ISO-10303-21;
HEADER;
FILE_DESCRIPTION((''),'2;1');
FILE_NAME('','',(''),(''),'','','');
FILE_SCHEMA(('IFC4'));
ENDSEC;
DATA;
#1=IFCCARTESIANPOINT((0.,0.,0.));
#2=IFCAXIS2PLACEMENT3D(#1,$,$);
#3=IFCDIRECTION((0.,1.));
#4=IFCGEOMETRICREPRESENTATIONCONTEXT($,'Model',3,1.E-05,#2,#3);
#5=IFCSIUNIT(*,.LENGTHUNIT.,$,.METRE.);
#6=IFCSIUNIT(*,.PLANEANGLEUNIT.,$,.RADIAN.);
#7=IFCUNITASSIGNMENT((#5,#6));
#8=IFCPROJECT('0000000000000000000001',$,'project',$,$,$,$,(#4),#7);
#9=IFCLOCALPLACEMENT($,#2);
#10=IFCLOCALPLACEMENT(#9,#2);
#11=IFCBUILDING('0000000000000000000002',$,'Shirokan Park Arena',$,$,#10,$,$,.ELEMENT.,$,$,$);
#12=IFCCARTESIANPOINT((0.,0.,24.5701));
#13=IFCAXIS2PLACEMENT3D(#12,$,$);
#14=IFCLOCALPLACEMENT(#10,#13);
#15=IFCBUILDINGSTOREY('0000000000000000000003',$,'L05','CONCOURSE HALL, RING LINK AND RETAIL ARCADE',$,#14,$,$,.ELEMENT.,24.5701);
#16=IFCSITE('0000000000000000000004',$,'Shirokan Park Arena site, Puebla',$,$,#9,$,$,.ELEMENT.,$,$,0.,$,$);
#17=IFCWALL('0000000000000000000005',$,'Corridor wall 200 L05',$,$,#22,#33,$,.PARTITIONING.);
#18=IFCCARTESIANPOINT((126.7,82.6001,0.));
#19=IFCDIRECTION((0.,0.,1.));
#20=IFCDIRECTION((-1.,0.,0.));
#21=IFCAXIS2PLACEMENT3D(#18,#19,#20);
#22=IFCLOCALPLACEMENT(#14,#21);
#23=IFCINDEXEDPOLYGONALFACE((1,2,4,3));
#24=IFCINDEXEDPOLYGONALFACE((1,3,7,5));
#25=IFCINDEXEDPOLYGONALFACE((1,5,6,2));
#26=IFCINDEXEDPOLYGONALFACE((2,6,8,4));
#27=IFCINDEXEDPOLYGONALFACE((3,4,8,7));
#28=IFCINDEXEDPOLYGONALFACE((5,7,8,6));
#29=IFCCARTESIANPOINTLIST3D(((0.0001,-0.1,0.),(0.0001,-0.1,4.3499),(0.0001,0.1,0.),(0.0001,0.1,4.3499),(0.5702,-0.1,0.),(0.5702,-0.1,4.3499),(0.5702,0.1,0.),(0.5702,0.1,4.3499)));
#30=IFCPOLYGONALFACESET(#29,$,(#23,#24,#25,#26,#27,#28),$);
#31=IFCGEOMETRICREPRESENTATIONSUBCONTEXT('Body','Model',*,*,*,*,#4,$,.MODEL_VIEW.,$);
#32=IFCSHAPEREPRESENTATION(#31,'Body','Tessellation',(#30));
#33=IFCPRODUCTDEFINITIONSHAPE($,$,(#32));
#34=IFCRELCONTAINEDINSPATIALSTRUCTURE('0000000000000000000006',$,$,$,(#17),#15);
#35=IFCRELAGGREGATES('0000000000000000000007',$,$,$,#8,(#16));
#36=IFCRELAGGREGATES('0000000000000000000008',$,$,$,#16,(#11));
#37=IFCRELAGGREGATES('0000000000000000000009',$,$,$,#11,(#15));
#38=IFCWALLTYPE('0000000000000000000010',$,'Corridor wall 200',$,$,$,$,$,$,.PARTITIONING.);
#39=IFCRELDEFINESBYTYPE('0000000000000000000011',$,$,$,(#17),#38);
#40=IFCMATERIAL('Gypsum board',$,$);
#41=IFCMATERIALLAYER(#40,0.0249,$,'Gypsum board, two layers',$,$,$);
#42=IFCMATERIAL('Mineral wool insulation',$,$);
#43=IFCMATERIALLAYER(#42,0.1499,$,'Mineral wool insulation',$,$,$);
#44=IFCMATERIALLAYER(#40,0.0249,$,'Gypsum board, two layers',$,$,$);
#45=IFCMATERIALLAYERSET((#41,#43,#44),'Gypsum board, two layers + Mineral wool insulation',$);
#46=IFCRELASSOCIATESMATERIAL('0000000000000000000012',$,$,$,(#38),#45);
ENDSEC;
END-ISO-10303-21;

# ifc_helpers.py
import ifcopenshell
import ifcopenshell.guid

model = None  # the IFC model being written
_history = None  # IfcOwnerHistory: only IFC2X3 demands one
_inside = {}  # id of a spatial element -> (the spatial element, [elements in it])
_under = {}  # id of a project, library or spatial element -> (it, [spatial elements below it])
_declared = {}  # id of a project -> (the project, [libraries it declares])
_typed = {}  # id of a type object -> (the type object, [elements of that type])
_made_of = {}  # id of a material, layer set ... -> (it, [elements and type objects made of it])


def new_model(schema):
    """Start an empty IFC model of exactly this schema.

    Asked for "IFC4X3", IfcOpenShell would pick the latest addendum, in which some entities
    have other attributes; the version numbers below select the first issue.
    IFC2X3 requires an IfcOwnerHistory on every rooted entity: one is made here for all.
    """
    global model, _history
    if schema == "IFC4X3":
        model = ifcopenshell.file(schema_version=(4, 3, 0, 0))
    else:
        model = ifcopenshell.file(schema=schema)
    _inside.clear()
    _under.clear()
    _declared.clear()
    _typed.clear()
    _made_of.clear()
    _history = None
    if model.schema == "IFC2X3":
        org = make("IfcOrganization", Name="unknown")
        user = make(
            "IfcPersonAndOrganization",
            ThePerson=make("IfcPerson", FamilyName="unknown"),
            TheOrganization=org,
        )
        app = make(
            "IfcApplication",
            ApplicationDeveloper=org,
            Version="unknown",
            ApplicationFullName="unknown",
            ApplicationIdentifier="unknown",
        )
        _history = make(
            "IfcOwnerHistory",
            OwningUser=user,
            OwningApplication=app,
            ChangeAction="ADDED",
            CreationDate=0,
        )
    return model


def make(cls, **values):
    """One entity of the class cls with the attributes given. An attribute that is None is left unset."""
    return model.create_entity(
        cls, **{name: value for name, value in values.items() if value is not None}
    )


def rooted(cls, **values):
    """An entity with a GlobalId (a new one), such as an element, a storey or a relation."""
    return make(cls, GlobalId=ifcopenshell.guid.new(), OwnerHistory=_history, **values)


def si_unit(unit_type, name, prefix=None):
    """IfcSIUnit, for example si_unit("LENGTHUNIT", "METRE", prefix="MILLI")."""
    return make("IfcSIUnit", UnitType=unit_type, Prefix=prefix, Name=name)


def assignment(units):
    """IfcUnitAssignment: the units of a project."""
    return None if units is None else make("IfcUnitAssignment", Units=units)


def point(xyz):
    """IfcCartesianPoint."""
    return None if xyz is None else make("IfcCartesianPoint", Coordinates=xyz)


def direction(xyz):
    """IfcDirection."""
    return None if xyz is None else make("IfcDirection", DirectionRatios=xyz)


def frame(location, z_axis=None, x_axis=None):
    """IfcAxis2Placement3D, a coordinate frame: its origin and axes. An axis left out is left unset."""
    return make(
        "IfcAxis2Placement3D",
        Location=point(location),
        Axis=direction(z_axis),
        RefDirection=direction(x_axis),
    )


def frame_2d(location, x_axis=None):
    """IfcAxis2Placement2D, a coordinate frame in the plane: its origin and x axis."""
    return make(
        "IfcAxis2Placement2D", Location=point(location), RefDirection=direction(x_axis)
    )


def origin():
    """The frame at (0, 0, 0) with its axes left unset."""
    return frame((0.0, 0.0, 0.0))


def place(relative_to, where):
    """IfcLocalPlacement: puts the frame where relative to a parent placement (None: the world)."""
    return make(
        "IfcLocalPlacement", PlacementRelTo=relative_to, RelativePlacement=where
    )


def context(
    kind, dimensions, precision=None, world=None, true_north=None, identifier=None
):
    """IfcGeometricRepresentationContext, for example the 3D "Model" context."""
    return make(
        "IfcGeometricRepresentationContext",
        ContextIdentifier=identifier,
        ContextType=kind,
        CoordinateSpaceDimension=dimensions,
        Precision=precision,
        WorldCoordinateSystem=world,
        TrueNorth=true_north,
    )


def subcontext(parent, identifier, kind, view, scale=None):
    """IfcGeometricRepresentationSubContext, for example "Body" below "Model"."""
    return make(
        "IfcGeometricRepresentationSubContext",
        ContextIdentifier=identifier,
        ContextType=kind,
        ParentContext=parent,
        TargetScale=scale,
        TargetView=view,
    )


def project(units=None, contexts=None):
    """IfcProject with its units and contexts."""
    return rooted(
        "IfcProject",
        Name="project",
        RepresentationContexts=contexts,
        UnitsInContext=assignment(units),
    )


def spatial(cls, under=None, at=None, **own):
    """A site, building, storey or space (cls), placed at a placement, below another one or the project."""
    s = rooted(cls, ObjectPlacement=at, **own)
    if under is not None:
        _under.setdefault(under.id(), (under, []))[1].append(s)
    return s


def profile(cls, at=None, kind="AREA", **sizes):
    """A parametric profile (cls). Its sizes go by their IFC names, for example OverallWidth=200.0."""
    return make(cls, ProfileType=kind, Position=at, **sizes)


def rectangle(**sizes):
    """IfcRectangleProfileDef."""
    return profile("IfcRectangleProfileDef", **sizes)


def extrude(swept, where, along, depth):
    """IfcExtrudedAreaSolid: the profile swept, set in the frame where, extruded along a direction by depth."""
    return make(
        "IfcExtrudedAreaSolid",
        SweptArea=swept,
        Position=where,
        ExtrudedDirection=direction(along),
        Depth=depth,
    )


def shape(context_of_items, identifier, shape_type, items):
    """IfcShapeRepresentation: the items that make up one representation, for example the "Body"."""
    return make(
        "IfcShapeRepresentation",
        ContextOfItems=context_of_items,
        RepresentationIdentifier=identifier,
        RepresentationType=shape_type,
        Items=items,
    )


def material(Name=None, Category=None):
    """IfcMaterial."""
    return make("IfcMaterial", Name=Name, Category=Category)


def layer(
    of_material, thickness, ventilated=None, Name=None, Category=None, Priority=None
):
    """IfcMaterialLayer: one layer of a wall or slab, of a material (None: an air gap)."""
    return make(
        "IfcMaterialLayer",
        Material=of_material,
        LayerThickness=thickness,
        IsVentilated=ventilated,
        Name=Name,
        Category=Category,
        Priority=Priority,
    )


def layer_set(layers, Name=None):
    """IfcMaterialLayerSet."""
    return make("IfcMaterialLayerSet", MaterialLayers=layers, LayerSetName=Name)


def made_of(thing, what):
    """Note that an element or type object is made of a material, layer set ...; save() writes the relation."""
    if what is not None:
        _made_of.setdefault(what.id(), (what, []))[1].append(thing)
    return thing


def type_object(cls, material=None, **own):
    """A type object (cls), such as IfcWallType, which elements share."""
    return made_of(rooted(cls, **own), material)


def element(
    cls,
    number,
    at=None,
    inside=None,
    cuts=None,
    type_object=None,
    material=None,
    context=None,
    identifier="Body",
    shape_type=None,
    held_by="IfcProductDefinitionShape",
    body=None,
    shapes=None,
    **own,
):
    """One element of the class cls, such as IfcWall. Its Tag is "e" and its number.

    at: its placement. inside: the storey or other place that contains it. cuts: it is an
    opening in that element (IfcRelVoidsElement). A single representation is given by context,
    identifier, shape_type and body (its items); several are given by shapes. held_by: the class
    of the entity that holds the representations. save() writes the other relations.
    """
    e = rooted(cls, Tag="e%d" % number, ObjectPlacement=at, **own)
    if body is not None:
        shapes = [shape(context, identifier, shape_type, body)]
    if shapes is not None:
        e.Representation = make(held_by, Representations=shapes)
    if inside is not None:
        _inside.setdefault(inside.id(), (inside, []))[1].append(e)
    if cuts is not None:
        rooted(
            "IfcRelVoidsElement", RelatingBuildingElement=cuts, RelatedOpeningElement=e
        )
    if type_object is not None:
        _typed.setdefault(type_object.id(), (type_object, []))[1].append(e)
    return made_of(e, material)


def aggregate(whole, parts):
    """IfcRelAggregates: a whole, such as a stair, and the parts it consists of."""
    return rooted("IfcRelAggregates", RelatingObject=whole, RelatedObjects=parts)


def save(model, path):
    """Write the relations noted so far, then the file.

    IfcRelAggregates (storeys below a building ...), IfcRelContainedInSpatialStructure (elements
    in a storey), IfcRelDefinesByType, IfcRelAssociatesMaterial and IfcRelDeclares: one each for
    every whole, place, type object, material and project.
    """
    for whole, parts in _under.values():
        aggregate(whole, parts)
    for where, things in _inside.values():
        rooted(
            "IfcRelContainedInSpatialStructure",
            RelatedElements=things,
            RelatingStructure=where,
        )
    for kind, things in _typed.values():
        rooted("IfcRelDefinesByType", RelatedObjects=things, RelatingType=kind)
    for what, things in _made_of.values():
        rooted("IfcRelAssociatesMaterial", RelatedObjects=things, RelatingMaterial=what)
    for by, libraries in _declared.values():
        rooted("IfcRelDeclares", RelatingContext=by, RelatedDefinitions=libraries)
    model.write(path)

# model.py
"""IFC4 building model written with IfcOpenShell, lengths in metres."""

from ifc_helpers import new_model, si_unit, direction, frame, frame_2d, origin, place, context, subcontext, project, spatial, rectangle, extrude, material, layer, layer_set, type_object, element, save


model = new_model("IFC4")

# Units and contexts
model_context = context("Model", 3, precision=1e-05, world=origin(), true_north=direction((0.0, 1.0)))
body_context = subcontext(model_context, "Body", "Model", "MODEL_VIEW")
ifc_project = project(units=[si_unit("LENGTHUNIT", "METRE"), si_unit("PLANEANGLEUNIT", "RADIAN")], contexts=[model_context])

# Site, building, storey
site_placement = place(None, origin())
site = spatial("IfcSite", under=ifc_project, at=site_placement, Name="Shirokan Park Arena site, Puebla", CompositionType="ELEMENT", RefElevation=0.0)
building_placement = place(site_placement, origin())
building = spatial("IfcBuilding", under=site, at=building_placement, Name="Shirokan Park Arena", CompositionType="ELEMENT")
storey_placement = place(building_placement, frame((0.0, 0.0, 24.5701)))
storey = spatial("IfcBuildingStorey", under=building, at=storey_placement, Name="L05", Description="CONCOURSE HALL, RING LINK AND RETAIL ARCADE", CompositionType="ELEMENT", Elevation=24.5701)

# Shared definitions
ifc_material_1 = material(Name="Gypsum board")
ifc_layer_1 = layer(ifc_material_1, 0.0249, Name="Gypsum board, two layers")
ifc_material_2 = material(Name="Mineral wool insulation")
ifc_layer_2 = layer(ifc_material_2, 0.1499, Name="Mineral wool insulation")
ifc_layer_3 = layer(ifc_material_1, 0.0249, Name="Gypsum board, two layers")
ifc_layer_set_1 = layer_set([ifc_layer_1, ifc_layer_2, ifc_layer_3], Name="Gypsum board, two layers + Mineral wool insulation")
wall_type_1 = type_object("IfcWallType", Name="Corridor wall 200", PredefinedType="PARTITIONING", material=ifc_layer_set_1)

# Wall
wall_1_placement = place(storey_placement, frame((126.7, 82.6001, 0.0), z_axis=(0.0, 0.0, 1.0), x_axis=(-1.0, 0.0, 0.0)))
element("IfcWall", 1, at=wall_1_placement, inside=storey, type_object=wall_type_1, Name="Corridor wall 200 L05", PredefinedType="PARTITIONING", context=body_context, shape_type="SweptSolid", body=[
    extrude(rectangle(XDim=0.5701, YDim=0.2, at=frame_2d((0.2852, 0.0))), origin(), (0.0, 0.0, 1.0), 4.3499),
])

save(model, "model.ifc")
